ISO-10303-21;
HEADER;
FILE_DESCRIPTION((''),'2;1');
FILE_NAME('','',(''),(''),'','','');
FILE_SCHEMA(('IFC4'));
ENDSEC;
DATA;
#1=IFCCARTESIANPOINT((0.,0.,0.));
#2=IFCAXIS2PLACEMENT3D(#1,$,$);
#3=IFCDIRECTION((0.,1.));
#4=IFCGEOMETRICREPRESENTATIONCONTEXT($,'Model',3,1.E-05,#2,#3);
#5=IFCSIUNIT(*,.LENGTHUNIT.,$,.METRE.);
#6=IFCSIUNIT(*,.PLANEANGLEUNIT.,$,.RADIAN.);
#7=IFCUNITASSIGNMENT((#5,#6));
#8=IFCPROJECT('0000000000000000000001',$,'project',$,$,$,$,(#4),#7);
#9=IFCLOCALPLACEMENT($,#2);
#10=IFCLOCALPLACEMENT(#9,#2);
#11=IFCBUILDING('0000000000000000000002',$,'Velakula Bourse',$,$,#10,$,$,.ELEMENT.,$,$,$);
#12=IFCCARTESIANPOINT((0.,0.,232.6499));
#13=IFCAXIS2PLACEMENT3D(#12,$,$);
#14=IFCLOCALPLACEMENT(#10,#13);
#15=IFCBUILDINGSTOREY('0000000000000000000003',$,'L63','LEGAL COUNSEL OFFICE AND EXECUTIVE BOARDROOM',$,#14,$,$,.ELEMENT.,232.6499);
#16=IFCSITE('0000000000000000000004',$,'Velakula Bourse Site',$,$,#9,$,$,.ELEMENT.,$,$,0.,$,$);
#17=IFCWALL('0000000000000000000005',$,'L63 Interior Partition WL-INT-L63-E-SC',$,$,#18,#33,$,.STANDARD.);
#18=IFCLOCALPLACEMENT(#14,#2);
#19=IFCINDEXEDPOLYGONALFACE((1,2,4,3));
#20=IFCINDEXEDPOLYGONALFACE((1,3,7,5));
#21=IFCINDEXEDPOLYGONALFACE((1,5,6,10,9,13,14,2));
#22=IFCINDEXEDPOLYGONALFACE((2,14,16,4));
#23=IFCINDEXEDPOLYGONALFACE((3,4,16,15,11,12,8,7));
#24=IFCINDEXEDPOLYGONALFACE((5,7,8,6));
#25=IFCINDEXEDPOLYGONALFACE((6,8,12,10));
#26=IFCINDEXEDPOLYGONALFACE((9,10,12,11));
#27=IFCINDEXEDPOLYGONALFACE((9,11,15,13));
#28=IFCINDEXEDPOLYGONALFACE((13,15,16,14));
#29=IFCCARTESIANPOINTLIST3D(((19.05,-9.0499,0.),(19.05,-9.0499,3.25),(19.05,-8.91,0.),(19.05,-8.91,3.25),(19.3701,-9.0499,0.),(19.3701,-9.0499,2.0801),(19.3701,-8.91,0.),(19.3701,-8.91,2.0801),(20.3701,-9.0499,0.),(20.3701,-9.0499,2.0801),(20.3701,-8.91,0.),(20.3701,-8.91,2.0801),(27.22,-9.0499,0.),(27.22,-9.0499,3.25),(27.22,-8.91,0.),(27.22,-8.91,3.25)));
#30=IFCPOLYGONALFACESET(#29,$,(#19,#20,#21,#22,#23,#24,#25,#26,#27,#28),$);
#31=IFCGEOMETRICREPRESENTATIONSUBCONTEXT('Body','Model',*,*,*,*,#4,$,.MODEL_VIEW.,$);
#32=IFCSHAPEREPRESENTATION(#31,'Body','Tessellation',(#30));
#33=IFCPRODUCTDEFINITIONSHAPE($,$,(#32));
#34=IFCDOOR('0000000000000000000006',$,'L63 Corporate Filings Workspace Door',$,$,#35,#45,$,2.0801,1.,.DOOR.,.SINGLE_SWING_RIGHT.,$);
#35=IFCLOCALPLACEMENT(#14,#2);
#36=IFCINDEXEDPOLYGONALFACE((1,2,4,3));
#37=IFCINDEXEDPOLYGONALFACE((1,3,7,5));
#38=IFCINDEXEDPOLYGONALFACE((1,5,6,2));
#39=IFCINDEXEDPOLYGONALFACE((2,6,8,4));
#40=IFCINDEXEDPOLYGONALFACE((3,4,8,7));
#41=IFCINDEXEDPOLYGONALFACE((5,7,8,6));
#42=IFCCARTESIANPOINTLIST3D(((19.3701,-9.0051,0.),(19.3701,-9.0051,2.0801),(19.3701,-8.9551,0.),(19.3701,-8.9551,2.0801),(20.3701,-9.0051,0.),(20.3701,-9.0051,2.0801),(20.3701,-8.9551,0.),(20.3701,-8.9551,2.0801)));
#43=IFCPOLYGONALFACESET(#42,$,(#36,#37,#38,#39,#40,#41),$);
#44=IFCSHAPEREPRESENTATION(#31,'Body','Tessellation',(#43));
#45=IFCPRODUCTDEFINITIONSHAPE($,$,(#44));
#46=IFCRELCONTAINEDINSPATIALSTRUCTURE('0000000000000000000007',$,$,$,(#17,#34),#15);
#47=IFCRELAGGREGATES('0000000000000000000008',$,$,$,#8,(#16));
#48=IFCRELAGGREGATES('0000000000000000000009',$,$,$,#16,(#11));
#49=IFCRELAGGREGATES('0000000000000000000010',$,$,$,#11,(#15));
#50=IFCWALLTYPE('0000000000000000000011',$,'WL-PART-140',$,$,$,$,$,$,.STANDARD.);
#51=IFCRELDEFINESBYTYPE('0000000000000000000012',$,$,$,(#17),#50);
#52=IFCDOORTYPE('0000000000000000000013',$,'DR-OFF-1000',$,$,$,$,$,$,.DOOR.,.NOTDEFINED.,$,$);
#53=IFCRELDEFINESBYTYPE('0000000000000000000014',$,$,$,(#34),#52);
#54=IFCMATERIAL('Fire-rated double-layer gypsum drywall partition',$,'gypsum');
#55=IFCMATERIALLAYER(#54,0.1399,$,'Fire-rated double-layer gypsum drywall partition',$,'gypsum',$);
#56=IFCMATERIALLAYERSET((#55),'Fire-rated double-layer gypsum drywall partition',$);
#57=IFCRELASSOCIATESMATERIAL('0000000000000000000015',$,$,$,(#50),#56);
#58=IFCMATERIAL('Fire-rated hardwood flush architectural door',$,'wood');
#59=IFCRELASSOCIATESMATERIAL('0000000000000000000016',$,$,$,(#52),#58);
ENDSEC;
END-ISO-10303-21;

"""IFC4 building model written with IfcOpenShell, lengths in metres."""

from ifc_helpers import new_model, si_unit, direction, frame, frame_2d, origin, place, context, subcontext, project, spatial, rectangle, extrude, material, layer, layer_set, type_object, element, fill, save


model = new_model("IFC4")

# Units and contexts
model_context = context("Model", 3, precision=1e-05, world=origin(), true_north=direction((0.0, 1.0)))
body_context = subcontext(model_context, "Body", "Model", "MODEL_VIEW")
ifc_project = project(units=[si_unit("LENGTHUNIT", "METRE"), si_unit("PLANEANGLEUNIT", "RADIAN")], contexts=[model_context])

# Site, building, storey
site_placement = place(None, origin())
site = spatial("IfcSite", under=ifc_project, at=site_placement, Name="Velakula Bourse Site", CompositionType="ELEMENT", RefElevation=0.0)
building_placement = place(site_placement, origin())
building = spatial("IfcBuilding", under=site, at=building_placement, Name="Velakula Bourse", CompositionType="ELEMENT")
storey_placement = place(building_placement, frame((0.0, 0.0, 232.6499)))
storey = spatial("IfcBuildingStorey", under=building, at=storey_placement, Name="L63", Description="LEGAL COUNSEL OFFICE AND EXECUTIVE BOARDROOM", CompositionType="ELEMENT", Elevation=232.6499)

# Wall, opening, door
ifc_material_1 = material(Name="Fire-rated double-layer gypsum drywall partition", Category="gypsum")
ifc_layer_1 = layer(ifc_material_1, 0.1399, Name="Fire-rated double-layer gypsum drywall partition", Category="gypsum")
ifc_layer_set_1 = layer_set([ifc_layer_1], Name="Fire-rated double-layer gypsum drywall partition")
wall_type_1 = type_object("IfcWallType", Name="WL-PART-140", PredefinedType="STANDARD", material=ifc_layer_set_1)
wall_1_placement = place(storey_placement, frame((19.05, -8.98, 0.0), z_axis=(0.0, 0.0, 1.0), x_axis=(1.0, 0.0, 0.0)))
wall_1 = element("IfcWall", 1, at=wall_1_placement, inside=storey, type_object=wall_type_1, Name="L63 Interior Partition WL-INT-L63-E-SC", PredefinedType="STANDARD", context=body_context, shape_type="SweptSolid", body=[
    extrude(rectangle(XDim=8.1699, YDim=0.1399, at=frame_2d((4.085, 0.0))), origin(), (0.0, 0.0, 1.0), 3.25),
])
opening_placement = place(wall_1_placement, frame((0.3201, 0.0, 0.0)))
opening = element("IfcOpeningElement", 2, at=opening_placement, cuts=wall_1, PredefinedType="OPENING", context=body_context, shape_type="SweptSolid", body=[
    extrude(rectangle(XDim=1.0, YDim=2.0801, at=frame_2d((0.5, 1.04))), frame((0.0, 0.0798, 0.0), z_axis=(0.0, -1.0, 0.0), x_axis=(1.0, 0.0, 0.0)), (0.0, 0.0, 1.0), 0.1599),
])
ifc_material_2 = material(Name="Fire-rated hardwood flush architectural door", Category="wood")
door_type = type_object("IfcDoorType", Name="DR-OFF-1000", OperationType="NOTDEFINED", PredefinedType="DOOR", material=ifc_material_2)
door_placement = place(opening_placement, origin())
door = element("IfcDoor", 3, at=door_placement, inside=storey, type_object=door_type, Name="L63 Corporate Filings Workspace Door", OperationType="SINGLE_SWING_RIGHT", OverallHeight=2.0801, OverallWidth=1.0, PredefinedType="DOOR", context=body_context, shape_type="SweptSolid", body=[
    extrude(rectangle(XDim=1.0, YDim=2.0801, at=frame_2d((0.5, 1.04))), frame((0.0, 0.0249, 0.0), z_axis=(0.0, -1.0, 0.0), x_axis=(1.0, 0.0, 0.0)), (0.0, 0.0, 1.0), 0.05),
])
fill(opening, door)

save(model, "model.ifc")
